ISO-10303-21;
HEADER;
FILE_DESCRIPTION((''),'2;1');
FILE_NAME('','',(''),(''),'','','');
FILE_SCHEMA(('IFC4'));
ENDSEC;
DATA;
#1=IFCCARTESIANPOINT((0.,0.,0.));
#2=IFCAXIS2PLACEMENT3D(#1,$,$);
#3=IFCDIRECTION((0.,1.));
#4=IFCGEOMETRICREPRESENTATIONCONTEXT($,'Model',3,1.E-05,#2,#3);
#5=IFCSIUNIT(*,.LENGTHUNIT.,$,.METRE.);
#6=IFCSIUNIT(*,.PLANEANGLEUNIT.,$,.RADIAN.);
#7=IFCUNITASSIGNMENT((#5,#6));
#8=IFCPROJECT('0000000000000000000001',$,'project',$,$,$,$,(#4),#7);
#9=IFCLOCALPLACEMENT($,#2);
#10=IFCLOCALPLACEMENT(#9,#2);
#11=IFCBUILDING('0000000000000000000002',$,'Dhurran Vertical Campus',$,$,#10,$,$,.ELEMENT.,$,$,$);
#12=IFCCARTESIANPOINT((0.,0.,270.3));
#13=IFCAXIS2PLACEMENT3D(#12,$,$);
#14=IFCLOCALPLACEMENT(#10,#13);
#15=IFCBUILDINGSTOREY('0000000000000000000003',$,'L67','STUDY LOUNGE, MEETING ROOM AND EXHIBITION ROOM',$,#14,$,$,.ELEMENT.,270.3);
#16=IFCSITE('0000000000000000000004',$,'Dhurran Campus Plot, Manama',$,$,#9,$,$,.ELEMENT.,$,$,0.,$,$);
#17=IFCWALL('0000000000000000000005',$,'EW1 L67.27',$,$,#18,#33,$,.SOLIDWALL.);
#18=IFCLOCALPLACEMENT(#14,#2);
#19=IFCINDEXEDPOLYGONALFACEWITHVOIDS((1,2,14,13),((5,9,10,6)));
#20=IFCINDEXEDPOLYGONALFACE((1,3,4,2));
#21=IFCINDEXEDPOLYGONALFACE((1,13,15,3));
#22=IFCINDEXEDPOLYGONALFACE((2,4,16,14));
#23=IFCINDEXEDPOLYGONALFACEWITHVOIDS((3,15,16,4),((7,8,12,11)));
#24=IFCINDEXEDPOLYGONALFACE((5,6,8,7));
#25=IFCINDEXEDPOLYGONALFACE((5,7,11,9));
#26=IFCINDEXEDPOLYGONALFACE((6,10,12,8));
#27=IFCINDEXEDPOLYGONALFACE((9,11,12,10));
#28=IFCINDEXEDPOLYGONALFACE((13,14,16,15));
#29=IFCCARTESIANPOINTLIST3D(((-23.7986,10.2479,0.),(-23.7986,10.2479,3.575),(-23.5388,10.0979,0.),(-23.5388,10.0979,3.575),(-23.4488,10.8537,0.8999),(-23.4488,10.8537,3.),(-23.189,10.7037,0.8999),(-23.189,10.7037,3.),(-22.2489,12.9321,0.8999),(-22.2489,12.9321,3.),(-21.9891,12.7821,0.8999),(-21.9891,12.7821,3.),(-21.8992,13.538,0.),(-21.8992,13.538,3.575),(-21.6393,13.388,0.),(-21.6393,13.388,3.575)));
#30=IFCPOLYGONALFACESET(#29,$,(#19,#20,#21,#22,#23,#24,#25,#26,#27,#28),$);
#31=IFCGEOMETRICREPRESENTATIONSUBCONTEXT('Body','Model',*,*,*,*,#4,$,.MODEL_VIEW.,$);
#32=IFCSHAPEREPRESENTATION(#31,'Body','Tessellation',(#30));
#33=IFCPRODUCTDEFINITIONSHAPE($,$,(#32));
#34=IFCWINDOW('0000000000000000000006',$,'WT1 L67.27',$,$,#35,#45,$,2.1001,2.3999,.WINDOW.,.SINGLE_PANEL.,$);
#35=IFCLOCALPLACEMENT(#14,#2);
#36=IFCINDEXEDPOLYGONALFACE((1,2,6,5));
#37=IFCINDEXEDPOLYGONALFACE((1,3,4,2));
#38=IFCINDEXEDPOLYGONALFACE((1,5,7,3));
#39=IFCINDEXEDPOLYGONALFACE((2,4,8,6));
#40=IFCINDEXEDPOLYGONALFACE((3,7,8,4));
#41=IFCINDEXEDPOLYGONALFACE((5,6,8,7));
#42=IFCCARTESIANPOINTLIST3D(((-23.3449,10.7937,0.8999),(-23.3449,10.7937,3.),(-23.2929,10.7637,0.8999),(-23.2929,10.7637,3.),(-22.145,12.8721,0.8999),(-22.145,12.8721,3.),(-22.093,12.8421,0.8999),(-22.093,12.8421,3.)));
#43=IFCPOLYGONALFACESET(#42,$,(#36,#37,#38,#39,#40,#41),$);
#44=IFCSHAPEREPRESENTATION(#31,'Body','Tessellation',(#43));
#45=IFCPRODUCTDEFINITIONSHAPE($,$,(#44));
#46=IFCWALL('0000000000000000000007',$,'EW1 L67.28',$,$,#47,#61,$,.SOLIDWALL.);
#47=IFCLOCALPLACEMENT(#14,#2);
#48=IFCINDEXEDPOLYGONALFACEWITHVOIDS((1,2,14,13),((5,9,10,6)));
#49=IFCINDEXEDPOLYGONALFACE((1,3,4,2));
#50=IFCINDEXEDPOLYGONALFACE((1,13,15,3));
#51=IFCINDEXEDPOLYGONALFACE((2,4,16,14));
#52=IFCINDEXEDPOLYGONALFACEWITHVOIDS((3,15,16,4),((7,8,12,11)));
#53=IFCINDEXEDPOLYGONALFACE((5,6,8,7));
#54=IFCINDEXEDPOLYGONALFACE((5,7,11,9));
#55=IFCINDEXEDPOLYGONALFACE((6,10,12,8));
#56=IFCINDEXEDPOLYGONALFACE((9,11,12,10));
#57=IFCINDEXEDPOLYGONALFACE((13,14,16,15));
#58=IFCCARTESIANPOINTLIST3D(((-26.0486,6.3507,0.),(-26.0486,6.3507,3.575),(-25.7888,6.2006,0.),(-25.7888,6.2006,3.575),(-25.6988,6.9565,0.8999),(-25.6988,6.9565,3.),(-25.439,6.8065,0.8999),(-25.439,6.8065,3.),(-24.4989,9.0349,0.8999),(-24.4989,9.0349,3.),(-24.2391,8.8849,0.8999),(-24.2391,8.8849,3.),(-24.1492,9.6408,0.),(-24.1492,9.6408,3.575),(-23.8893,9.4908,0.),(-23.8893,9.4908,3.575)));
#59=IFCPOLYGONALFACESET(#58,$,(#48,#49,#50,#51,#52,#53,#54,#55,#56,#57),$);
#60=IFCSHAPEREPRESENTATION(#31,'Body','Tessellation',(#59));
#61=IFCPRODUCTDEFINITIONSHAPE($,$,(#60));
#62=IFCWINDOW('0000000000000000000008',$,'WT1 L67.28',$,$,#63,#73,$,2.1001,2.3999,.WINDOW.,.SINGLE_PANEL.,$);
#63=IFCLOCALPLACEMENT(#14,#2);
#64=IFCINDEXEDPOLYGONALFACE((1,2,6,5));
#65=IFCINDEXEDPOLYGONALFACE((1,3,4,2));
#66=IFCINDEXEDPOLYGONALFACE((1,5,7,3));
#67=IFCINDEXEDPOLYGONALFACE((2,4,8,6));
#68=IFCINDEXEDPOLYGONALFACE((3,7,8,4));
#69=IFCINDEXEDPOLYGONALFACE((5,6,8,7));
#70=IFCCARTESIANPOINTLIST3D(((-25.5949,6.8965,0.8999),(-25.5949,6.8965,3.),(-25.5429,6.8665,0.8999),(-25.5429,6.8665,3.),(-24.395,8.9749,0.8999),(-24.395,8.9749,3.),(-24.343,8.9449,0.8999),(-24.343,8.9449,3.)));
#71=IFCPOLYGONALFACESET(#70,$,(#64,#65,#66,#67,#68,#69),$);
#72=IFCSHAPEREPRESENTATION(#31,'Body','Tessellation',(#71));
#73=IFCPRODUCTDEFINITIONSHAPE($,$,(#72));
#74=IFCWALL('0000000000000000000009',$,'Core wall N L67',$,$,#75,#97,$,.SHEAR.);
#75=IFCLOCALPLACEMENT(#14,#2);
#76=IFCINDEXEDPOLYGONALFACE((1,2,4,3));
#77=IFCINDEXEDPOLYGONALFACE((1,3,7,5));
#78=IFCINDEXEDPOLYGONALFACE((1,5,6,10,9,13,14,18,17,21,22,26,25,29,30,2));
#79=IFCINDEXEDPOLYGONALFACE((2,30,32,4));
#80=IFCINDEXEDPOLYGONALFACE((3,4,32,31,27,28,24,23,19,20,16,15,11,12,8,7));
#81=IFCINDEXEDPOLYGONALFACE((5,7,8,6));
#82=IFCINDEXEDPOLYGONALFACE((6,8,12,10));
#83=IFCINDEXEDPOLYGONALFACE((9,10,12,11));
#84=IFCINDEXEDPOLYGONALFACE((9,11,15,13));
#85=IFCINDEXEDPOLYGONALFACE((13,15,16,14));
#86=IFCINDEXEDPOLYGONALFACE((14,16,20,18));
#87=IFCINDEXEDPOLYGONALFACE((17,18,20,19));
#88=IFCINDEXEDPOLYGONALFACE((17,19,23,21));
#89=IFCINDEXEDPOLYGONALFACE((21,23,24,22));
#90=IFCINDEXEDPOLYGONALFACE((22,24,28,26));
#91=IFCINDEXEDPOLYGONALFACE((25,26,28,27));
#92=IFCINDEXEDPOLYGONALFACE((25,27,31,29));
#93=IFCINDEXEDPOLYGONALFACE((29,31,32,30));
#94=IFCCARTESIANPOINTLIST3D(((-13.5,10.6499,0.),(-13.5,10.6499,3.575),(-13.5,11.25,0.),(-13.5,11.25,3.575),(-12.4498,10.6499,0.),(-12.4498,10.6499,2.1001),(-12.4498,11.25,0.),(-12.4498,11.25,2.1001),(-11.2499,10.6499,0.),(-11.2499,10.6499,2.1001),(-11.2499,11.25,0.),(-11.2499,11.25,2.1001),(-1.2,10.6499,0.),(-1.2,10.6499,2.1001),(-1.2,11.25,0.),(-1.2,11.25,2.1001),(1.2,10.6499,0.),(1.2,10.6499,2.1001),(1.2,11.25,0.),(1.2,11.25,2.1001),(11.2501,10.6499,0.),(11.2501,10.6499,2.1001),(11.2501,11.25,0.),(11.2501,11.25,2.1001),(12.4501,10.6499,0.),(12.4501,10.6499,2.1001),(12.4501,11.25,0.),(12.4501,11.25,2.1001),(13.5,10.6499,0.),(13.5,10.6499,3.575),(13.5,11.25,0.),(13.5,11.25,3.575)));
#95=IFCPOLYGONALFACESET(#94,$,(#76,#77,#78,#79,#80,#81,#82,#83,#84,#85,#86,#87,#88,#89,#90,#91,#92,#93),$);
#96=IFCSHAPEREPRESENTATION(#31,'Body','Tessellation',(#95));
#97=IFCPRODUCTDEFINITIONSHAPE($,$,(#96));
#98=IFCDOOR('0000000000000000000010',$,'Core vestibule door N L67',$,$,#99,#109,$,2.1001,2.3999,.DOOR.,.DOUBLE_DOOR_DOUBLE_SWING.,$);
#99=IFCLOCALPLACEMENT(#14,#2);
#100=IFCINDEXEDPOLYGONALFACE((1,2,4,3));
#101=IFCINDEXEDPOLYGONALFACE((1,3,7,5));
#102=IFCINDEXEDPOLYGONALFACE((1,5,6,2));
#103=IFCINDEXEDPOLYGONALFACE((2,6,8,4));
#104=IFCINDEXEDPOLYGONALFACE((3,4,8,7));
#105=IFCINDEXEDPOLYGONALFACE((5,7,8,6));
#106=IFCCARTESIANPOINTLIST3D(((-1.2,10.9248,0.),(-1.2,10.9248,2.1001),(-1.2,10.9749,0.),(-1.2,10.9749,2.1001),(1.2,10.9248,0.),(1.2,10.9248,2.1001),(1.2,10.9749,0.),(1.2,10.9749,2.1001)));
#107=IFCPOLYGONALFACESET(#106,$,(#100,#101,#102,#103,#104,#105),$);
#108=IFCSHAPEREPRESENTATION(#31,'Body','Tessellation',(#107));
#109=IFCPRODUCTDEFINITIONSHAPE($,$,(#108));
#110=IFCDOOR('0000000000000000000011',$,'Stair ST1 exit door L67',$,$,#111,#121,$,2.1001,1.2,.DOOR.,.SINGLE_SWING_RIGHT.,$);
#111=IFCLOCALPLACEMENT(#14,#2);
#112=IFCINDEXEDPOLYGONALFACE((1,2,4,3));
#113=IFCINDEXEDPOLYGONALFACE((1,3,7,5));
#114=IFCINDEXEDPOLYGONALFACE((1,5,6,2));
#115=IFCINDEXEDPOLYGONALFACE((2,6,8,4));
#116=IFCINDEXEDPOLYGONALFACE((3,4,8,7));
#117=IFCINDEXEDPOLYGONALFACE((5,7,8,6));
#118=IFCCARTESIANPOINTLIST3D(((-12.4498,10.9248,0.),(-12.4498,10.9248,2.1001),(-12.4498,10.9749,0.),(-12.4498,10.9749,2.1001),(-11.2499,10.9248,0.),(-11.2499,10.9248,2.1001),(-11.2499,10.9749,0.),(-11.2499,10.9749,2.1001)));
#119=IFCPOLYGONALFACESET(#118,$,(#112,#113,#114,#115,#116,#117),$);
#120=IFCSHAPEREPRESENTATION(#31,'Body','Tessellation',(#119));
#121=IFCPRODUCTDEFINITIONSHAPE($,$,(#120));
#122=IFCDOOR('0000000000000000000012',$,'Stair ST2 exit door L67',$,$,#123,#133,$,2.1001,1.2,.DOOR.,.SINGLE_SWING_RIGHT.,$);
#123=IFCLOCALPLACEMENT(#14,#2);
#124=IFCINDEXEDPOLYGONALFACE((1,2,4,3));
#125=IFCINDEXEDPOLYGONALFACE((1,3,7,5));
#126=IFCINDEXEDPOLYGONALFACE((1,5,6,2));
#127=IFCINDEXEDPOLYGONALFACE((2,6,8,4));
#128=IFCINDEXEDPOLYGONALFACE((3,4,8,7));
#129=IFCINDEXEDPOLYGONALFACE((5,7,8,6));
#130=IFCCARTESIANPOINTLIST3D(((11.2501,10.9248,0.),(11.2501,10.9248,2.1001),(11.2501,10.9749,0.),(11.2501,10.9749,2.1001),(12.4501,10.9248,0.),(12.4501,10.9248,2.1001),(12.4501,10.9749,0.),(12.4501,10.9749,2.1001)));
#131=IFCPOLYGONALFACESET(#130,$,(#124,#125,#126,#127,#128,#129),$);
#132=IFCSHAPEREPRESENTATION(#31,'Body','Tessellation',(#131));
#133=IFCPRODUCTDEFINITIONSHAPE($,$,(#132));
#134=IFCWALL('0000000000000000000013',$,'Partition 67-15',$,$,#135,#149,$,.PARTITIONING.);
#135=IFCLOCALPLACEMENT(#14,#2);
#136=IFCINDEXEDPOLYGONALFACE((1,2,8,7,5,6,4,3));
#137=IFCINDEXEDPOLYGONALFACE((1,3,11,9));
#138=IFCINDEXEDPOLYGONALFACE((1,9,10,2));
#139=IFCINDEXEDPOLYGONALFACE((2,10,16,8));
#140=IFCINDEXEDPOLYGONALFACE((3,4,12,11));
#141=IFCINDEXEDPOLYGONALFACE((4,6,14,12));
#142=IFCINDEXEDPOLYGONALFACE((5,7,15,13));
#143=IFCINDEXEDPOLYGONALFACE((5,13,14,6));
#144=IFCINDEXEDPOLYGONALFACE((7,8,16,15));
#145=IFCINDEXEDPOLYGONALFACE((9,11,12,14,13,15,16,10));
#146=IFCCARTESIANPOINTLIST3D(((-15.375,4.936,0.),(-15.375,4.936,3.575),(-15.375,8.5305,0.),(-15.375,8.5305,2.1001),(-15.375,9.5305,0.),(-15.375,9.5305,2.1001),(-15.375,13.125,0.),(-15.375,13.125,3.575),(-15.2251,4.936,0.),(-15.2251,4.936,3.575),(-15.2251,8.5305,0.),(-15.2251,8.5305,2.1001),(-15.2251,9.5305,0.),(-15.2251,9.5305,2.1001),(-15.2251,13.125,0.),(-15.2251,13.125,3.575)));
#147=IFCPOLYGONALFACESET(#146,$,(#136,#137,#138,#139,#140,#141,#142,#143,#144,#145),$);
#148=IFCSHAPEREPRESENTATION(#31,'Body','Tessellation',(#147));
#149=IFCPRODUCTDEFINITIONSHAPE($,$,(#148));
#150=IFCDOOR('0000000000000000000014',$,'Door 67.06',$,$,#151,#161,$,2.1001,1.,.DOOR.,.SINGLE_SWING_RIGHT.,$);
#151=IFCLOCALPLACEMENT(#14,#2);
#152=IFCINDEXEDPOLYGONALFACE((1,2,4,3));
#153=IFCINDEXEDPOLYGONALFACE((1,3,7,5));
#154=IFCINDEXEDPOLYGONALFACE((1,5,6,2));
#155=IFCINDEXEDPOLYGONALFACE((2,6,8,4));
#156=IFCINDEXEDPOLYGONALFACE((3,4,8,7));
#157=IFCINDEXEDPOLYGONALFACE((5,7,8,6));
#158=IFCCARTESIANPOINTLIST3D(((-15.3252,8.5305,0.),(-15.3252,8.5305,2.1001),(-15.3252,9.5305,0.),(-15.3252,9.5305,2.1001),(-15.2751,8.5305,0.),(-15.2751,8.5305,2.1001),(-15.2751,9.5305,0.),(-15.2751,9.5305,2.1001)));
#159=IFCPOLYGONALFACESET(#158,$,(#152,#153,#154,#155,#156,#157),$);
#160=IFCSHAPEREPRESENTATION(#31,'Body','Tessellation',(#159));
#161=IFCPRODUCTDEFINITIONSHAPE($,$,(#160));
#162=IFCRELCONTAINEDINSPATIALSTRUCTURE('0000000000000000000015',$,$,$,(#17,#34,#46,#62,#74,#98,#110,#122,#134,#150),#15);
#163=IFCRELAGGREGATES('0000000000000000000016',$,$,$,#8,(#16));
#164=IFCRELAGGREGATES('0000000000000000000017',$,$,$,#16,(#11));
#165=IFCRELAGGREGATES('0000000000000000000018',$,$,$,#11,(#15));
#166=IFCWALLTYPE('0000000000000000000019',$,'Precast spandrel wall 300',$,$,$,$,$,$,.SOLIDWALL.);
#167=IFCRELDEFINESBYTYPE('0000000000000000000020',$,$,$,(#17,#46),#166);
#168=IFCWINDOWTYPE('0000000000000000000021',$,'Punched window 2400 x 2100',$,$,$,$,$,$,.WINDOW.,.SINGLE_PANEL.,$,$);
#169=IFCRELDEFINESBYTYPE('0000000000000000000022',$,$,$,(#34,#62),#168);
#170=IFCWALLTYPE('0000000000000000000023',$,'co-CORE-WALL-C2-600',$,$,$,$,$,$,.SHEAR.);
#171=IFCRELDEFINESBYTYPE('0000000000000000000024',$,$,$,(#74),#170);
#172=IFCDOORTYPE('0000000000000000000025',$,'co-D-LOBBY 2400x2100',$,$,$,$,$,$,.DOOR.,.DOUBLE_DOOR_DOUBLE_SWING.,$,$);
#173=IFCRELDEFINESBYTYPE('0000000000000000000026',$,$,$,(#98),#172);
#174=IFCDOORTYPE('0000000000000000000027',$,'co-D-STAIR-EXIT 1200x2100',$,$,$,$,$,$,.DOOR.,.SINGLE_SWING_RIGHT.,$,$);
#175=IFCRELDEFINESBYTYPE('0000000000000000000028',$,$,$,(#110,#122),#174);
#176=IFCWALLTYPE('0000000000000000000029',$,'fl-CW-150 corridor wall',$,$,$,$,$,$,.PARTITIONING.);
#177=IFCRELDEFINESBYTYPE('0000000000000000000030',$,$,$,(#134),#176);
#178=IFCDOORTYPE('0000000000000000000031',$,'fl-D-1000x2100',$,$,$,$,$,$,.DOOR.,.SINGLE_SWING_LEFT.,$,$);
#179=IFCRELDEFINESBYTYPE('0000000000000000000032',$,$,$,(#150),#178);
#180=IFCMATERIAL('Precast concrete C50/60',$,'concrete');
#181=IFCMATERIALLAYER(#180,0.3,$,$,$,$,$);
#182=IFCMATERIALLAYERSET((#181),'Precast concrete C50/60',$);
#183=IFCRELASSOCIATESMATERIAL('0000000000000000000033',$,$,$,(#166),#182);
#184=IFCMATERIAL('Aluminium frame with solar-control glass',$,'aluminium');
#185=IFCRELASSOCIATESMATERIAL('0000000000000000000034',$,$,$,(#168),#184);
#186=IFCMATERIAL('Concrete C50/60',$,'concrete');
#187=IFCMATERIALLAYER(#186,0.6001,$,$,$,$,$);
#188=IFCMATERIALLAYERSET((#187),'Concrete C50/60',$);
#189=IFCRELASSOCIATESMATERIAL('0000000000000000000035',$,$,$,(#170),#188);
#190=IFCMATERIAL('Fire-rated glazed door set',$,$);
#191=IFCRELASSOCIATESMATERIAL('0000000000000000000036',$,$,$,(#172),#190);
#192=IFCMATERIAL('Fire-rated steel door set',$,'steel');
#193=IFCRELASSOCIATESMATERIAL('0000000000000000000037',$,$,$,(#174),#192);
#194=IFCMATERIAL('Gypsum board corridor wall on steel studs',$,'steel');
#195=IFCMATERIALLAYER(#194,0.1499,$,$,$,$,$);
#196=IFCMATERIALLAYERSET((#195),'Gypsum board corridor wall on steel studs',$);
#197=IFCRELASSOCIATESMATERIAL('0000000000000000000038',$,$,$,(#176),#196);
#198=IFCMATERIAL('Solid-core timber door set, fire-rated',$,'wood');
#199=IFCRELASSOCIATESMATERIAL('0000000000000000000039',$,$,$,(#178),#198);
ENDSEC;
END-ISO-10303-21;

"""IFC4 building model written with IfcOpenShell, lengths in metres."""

from ifc_helpers import new_model, si_unit, direction, frame, frame_2d, origin, place, context, subcontext, project, spatial, rectangle, extrude, material, layer, layer_set, type_object, element, fill, save


model = new_model("IFC4")

# Units and contexts
model_context = context("Model", 3, precision=1e-05, world=origin(), true_north=direction((0.0, 1.0)))
body_context = subcontext(model_context, "Body", "Model", "MODEL_VIEW")
ifc_project = project(units=[si_unit("LENGTHUNIT", "METRE"), si_unit("PLANEANGLEUNIT", "RADIAN")], contexts=[model_context])

# Site, building, storey
site_placement = place(None, origin())
site = spatial("IfcSite", under=ifc_project, at=site_placement, Name="Dhurran Campus Plot, Manama", CompositionType="ELEMENT", RefElevation=0.0)
building_placement = place(site_placement, origin())
building = spatial("IfcBuilding", under=site, at=building_placement, Name="Dhurran Vertical Campus", CompositionType="ELEMENT")
storey_placement = place(building_placement, frame((0.0, 0.0, 270.3)))
storey = spatial("IfcBuildingStorey", under=building, at=storey_placement, Name="L67", Description="STUDY LOUNGE, MEETING ROOM AND EXHIBITION ROOM", CompositionType="ELEMENT", Elevation=270.3)

# Walls, openings, windows
ifc_material_1 = material(Name="Precast concrete C50/60", Category="concrete")
ifc_layer_1 = layer(ifc_material_1, 0.3)
ifc_layer_set_1 = layer_set([ifc_layer_1], Name="Precast concrete C50/60")
wall_type_1 = type_object("IfcWallType", Name="Precast spandrel wall 300", PredefinedType="SOLIDWALL", material=ifc_layer_set_1)
ifc_material_2 = material(Name="Aluminium frame with solar-control glass", Category="aluminium")
window_type = type_object("IfcWindowType", Name="Punched window 2400 x 2100", PartitioningType="SINGLE_PANEL", PredefinedType="WINDOW", material=ifc_material_2)
wall_1_placement = place(storey_placement, frame((-21.7693, 13.4629, 0.0), z_axis=(0.0, 0.0, 1.0), x_axis=(-0.499982, -0.866036, 0.0)))
wall_1 = element("IfcWall", 1, at=wall_1_placement, inside=storey, type_object=wall_type_1, Name="EW1 L67.27", PredefinedType="SOLIDWALL", context=body_context, shape_type="SweptSolid", body=[
    extrude(rectangle(XDim=3.7991, YDim=0.3, at=frame_2d((1.8994, 0.0))), origin(), (0.0, 0.0, 1.0), 3.575),
])
opening_1_placement = place(wall_1_placement, frame((0.6995, 0.0, 0.8999)))
opening_1 = element("IfcOpeningElement", 2, at=opening_1_placement, cuts=wall_1, PredefinedType="OPENING", context=body_context, shape_type="SweptSolid", body=[
    extrude(rectangle(XDim=2.3999, YDim=2.1001, at=frame_2d((1.2, 1.05))), frame((0.0, 0.1599, 0.0), z_axis=(0.0, -1.0, 0.0), x_axis=(1.0, 0.0, 0.0)), (0.0, 0.0, 1.0), 0.3201),
])
window_1_placement = place(opening_1_placement, origin())
window_1 = element("IfcWindow", 3, at=window_1_placement, inside=storey, type_object=window_type, Name="WT1 L67.27", OverallHeight=2.1001, OverallWidth=2.3999, PartitioningType="SINGLE_PANEL", PredefinedType="WINDOW", context=body_context, shape_type="SweptSolid", body=[
    extrude(rectangle(XDim=2.3999, YDim=2.1001, at=frame_2d((1.2, 1.05))), frame((0.0, 0.03, 0.0), z_axis=(0.0, -1.0, 0.0), x_axis=(1.0, 0.0, 0.0)), (0.0, 0.0, 1.0), 0.0601),
])
fill(opening_1, window_1)
wall_2_placement = place(storey_placement, frame((-24.0193, 9.5657, 0.0), z_axis=(0.0, 0.0, 1.0), x_axis=(-0.499982, -0.866036, 0.0)))
wall_2 = element("IfcWall", 4, at=wall_2_placement, inside=storey, type_object=wall_type_1, Name="EW1 L67.28", PredefinedType="SOLIDWALL", context=body_context, shape_type="SweptSolid", body=[
    extrude(rectangle(XDim=3.7991, YDim=0.3, at=frame_2d((1.8994, 0.0))), origin(), (0.0, 0.0, 1.0), 3.575),
])
opening_2_placement = place(wall_2_placement, frame((0.6995, 0.0, 0.8999)))
opening_2 = element("IfcOpeningElement", 5, at=opening_2_placement, cuts=wall_2, PredefinedType="OPENING", context=body_context, shape_type="SweptSolid", body=[
    extrude(rectangle(XDim=2.3999, YDim=2.1001, at=frame_2d((1.2, 1.05))), frame((0.0, 0.1599, 0.0), z_axis=(0.0, -1.0, 0.0), x_axis=(1.0, 0.0, 0.0)), (0.0, 0.0, 1.0), 0.3201),
])
window_2_placement = place(opening_2_placement, origin())
window_2 = element("IfcWindow", 6, at=window_2_placement, inside=storey, type_object=window_type, Name="WT1 L67.28", OverallHeight=2.1001, OverallWidth=2.3999, PartitioningType="SINGLE_PANEL", PredefinedType="WINDOW", context=body_context, shape_type="SweptSolid", body=[
    extrude(rectangle(XDim=2.3999, YDim=2.1001, at=frame_2d((1.2, 1.05))), frame((0.0, 0.03, 0.0), z_axis=(0.0, -1.0, 0.0), x_axis=(1.0, 0.0, 0.0)), (0.0, 0.0, 1.0), 0.0601),
])
fill(opening_2, window_2)

# Wall, openings, doors
ifc_material_3 = material(Name="Concrete C50/60", Category="concrete")
ifc_layer_2 = layer(ifc_material_3, 0.6001)
ifc_layer_set_2 = layer_set([ifc_layer_2], Name="Concrete C50/60")
wall_type_2 = type_object("IfcWallType", Name="co-CORE-WALL-C2-600", PredefinedType="SHEAR", material=ifc_layer_set_2)
wall_3_placement = place(storey_placement, frame((-13.5, 10.95, 0.0), z_axis=(0.0, 0.0, 1.0), x_axis=(1.0, 0.0, 0.0)))
wall_3 = element("IfcWall", 7, at=wall_3_placement, inside=storey, type_object=wall_type_2, Name="Core wall N L67", PredefinedType="SHEAR", context=body_context, shape_type="SweptSolid", body=[
    extrude(rectangle(XDim=27.0, YDim=0.6001, at=frame_2d((13.5, 0.0))), origin(), (0.0, 0.0, 1.0), 3.575),
])
opening_3_placement = place(wall_3_placement, frame((12.3, 0.0, 0.0)))
opening_3 = element("IfcOpeningElement", 8, at=opening_3_placement, cuts=wall_3, PredefinedType="OPENING", context=body_context, shape_type="SweptSolid", body=[
    extrude(rectangle(XDim=2.3999, YDim=2.1001, at=frame_2d((1.2, 1.05))), frame((0.0, 0.3101, 0.0), z_axis=(0.0, -1.0, 0.0), x_axis=(1.0, 0.0, 0.0)), (0.0, 0.0, 1.0), 0.6201),
])
opening_4_placement = place(wall_3_placement, frame((1.05, 0.0, 0.0)))
opening_4 = element("IfcOpeningElement", 9, at=opening_4_placement, cuts=wall_3, PredefinedType="OPENING", context=body_context, shape_type="SweptSolid", body=[
    extrude(rectangle(XDim=1.2, YDim=2.1001, at=frame_2d((0.6001, 1.05))), frame((0.0, 0.3101, 0.0), z_axis=(0.0, -1.0, 0.0), x_axis=(1.0, 0.0, 0.0)), (0.0, 0.0, 1.0), 0.6201),
])
opening_5_placement = place(wall_3_placement, frame((24.75, 0.0, 0.0)))
opening_5 = element("IfcOpeningElement", 10, at=opening_5_placement, cuts=wall_3, PredefinedType="OPENING", context=body_context, shape_type="SweptSolid", body=[
    extrude(rectangle(XDim=1.2, YDim=2.1001, at=frame_2d((0.6001, 1.05))), frame((0.0, 0.3101, 0.0), z_axis=(0.0, -1.0, 0.0), x_axis=(1.0, 0.0, 0.0)), (0.0, 0.0, 1.0), 0.6201),
])
ifc_material_4 = material(Name="Fire-rated glazed door set")
door_type_1 = type_object("IfcDoorType", Name="co-D-LOBBY 2400x2100", OperationType="DOUBLE_DOOR_DOUBLE_SWING", PredefinedType="DOOR", material=ifc_material_4)
door_1_placement = place(opening_3_placement, origin())
door_1 = element("IfcDoor", 11, at=door_1_placement, inside=storey, type_object=door_type_1, Name="Core vestibule door N L67", OperationType="DOUBLE_DOOR_DOUBLE_SWING", OverallHeight=2.1001, OverallWidth=2.3999, PredefinedType="DOOR", context=body_context, shape_type="SweptSolid", body=[
    extrude(rectangle(XDim=2.3999, YDim=2.1001, at=frame_2d((1.2, 1.05))), frame((0.0, 0.0249, 0.0), z_axis=(0.0, -1.0, 0.0), x_axis=(1.0, 0.0, 0.0)), (0.0, 0.0, 1.0), 0.05),
])
fill(opening_3, door_1)
ifc_material_5 = material(Name="Fire-rated steel door set", Category="steel")
door_type_2 = type_object("IfcDoorType", Name="co-D-STAIR-EXIT 1200x2100", OperationType="SINGLE_SWING_RIGHT", PredefinedType="DOOR", material=ifc_material_5)
door_2_placement = place(opening_4_placement, origin())
door_2 = element("IfcDoor", 12, at=door_2_placement, inside=storey, type_object=door_type_2, Name="Stair ST1 exit door L67", OperationType="SINGLE_SWING_RIGHT", OverallHeight=2.1001, OverallWidth=1.2, PredefinedType="DOOR", context=body_context, shape_type="SweptSolid", body=[
    extrude(rectangle(XDim=1.2, YDim=2.1001, at=frame_2d((0.6001, 1.05))), frame((0.0, 0.0249, 0.0), z_axis=(0.0, -1.0, 0.0), x_axis=(1.0, 0.0, 0.0)), (0.0, 0.0, 1.0), 0.05),
])
fill(opening_4, door_2)
door_3_placement = place(opening_5_placement, origin())
door_3 = element("IfcDoor", 13, at=door_3_placement, inside=storey, type_object=door_type_2, Name="Stair ST2 exit door L67", OperationType="SINGLE_SWING_RIGHT", OverallHeight=2.1001, OverallWidth=1.2, PredefinedType="DOOR", context=body_context, shape_type="SweptSolid", body=[
    extrude(rectangle(XDim=1.2, YDim=2.1001, at=frame_2d((0.6001, 1.05))), frame((0.0, 0.0249, 0.0), z_axis=(0.0, -1.0, 0.0), x_axis=(1.0, 0.0, 0.0)), (0.0, 0.0, 1.0), 0.05),
])
fill(opening_5, door_3)

# Wall, opening, door
ifc_material_6 = material(Name="Gypsum board corridor wall on steel studs", Category="steel")
ifc_layer_3 = layer(ifc_material_6, 0.1499)
ifc_layer_set_3 = layer_set([ifc_layer_3], Name="Gypsum board corridor wall on steel studs")
wall_type_3 = type_object("IfcWallType", Name="fl-CW-150 corridor wall", PredefinedType="PARTITIONING", material=ifc_layer_set_3)
wall_4_placement = place(storey_placement, frame((-15.3, 13.125, 0.0), z_axis=(0.0, 0.0, 1.0), x_axis=(0.0, -1.0, 0.0)))
wall_4 = element("IfcWall", 14, at=wall_4_placement, inside=storey, type_object=wall_type_3, Name="Partition 67-15", PredefinedType="PARTITIONING", context=body_context, shape_type="SweptSolid", body=[
    extrude(rectangle(XDim=8.189, YDim=0.1499, at=frame_2d((4.0945, 0.0))), origin(), (0.0, 0.0, 1.0), 3.575),
])
opening_6_placement = place(wall_4_placement, frame((3.5945, 0.0, 0.0)))
opening_6 = element("IfcOpeningElement", 15, at=opening_6_placement, cuts=wall_4, PredefinedType="OPENING", context=body_context, shape_type="SweptSolid", body=[
    extrude(rectangle(XDim=1.0, YDim=2.1001, at=frame_2d((0.5, 1.05))), frame((0.0, 0.085, 0.0), z_axis=(0.0, -1.0, 0.0), x_axis=(1.0, 0.0, 0.0)), (0.0, 0.0, 1.0), 0.1699),
])
ifc_material_7 = material(Name="Solid-core timber door set, fire-rated", Category="wood")
door_type_3 = type_object("IfcDoorType", Name="fl-D-1000x2100", OperationType="SINGLE_SWING_LEFT", PredefinedType="DOOR", material=ifc_material_7)
door_4_placement = place(opening_6_placement, origin())
door_4 = element("IfcDoor", 16, at=door_4_placement, inside=storey, type_object=door_type_3, Name="Door 67.06", OperationType="SINGLE_SWING_RIGHT", OverallHeight=2.1001, OverallWidth=1.0, PredefinedType="DOOR", context=body_context, shape_type="SweptSolid", body=[
    extrude(rectangle(XDim=1.0, YDim=2.1001, at=frame_2d((0.5, 1.05))), frame((0.0, 0.0249, 0.0), z_axis=(0.0, -1.0, 0.0), x_axis=(1.0, 0.0, 0.0)), (0.0, 0.0, 1.0), 0.05),
])
fill(opening_6, door_4)

save(model, "model.ifc")
